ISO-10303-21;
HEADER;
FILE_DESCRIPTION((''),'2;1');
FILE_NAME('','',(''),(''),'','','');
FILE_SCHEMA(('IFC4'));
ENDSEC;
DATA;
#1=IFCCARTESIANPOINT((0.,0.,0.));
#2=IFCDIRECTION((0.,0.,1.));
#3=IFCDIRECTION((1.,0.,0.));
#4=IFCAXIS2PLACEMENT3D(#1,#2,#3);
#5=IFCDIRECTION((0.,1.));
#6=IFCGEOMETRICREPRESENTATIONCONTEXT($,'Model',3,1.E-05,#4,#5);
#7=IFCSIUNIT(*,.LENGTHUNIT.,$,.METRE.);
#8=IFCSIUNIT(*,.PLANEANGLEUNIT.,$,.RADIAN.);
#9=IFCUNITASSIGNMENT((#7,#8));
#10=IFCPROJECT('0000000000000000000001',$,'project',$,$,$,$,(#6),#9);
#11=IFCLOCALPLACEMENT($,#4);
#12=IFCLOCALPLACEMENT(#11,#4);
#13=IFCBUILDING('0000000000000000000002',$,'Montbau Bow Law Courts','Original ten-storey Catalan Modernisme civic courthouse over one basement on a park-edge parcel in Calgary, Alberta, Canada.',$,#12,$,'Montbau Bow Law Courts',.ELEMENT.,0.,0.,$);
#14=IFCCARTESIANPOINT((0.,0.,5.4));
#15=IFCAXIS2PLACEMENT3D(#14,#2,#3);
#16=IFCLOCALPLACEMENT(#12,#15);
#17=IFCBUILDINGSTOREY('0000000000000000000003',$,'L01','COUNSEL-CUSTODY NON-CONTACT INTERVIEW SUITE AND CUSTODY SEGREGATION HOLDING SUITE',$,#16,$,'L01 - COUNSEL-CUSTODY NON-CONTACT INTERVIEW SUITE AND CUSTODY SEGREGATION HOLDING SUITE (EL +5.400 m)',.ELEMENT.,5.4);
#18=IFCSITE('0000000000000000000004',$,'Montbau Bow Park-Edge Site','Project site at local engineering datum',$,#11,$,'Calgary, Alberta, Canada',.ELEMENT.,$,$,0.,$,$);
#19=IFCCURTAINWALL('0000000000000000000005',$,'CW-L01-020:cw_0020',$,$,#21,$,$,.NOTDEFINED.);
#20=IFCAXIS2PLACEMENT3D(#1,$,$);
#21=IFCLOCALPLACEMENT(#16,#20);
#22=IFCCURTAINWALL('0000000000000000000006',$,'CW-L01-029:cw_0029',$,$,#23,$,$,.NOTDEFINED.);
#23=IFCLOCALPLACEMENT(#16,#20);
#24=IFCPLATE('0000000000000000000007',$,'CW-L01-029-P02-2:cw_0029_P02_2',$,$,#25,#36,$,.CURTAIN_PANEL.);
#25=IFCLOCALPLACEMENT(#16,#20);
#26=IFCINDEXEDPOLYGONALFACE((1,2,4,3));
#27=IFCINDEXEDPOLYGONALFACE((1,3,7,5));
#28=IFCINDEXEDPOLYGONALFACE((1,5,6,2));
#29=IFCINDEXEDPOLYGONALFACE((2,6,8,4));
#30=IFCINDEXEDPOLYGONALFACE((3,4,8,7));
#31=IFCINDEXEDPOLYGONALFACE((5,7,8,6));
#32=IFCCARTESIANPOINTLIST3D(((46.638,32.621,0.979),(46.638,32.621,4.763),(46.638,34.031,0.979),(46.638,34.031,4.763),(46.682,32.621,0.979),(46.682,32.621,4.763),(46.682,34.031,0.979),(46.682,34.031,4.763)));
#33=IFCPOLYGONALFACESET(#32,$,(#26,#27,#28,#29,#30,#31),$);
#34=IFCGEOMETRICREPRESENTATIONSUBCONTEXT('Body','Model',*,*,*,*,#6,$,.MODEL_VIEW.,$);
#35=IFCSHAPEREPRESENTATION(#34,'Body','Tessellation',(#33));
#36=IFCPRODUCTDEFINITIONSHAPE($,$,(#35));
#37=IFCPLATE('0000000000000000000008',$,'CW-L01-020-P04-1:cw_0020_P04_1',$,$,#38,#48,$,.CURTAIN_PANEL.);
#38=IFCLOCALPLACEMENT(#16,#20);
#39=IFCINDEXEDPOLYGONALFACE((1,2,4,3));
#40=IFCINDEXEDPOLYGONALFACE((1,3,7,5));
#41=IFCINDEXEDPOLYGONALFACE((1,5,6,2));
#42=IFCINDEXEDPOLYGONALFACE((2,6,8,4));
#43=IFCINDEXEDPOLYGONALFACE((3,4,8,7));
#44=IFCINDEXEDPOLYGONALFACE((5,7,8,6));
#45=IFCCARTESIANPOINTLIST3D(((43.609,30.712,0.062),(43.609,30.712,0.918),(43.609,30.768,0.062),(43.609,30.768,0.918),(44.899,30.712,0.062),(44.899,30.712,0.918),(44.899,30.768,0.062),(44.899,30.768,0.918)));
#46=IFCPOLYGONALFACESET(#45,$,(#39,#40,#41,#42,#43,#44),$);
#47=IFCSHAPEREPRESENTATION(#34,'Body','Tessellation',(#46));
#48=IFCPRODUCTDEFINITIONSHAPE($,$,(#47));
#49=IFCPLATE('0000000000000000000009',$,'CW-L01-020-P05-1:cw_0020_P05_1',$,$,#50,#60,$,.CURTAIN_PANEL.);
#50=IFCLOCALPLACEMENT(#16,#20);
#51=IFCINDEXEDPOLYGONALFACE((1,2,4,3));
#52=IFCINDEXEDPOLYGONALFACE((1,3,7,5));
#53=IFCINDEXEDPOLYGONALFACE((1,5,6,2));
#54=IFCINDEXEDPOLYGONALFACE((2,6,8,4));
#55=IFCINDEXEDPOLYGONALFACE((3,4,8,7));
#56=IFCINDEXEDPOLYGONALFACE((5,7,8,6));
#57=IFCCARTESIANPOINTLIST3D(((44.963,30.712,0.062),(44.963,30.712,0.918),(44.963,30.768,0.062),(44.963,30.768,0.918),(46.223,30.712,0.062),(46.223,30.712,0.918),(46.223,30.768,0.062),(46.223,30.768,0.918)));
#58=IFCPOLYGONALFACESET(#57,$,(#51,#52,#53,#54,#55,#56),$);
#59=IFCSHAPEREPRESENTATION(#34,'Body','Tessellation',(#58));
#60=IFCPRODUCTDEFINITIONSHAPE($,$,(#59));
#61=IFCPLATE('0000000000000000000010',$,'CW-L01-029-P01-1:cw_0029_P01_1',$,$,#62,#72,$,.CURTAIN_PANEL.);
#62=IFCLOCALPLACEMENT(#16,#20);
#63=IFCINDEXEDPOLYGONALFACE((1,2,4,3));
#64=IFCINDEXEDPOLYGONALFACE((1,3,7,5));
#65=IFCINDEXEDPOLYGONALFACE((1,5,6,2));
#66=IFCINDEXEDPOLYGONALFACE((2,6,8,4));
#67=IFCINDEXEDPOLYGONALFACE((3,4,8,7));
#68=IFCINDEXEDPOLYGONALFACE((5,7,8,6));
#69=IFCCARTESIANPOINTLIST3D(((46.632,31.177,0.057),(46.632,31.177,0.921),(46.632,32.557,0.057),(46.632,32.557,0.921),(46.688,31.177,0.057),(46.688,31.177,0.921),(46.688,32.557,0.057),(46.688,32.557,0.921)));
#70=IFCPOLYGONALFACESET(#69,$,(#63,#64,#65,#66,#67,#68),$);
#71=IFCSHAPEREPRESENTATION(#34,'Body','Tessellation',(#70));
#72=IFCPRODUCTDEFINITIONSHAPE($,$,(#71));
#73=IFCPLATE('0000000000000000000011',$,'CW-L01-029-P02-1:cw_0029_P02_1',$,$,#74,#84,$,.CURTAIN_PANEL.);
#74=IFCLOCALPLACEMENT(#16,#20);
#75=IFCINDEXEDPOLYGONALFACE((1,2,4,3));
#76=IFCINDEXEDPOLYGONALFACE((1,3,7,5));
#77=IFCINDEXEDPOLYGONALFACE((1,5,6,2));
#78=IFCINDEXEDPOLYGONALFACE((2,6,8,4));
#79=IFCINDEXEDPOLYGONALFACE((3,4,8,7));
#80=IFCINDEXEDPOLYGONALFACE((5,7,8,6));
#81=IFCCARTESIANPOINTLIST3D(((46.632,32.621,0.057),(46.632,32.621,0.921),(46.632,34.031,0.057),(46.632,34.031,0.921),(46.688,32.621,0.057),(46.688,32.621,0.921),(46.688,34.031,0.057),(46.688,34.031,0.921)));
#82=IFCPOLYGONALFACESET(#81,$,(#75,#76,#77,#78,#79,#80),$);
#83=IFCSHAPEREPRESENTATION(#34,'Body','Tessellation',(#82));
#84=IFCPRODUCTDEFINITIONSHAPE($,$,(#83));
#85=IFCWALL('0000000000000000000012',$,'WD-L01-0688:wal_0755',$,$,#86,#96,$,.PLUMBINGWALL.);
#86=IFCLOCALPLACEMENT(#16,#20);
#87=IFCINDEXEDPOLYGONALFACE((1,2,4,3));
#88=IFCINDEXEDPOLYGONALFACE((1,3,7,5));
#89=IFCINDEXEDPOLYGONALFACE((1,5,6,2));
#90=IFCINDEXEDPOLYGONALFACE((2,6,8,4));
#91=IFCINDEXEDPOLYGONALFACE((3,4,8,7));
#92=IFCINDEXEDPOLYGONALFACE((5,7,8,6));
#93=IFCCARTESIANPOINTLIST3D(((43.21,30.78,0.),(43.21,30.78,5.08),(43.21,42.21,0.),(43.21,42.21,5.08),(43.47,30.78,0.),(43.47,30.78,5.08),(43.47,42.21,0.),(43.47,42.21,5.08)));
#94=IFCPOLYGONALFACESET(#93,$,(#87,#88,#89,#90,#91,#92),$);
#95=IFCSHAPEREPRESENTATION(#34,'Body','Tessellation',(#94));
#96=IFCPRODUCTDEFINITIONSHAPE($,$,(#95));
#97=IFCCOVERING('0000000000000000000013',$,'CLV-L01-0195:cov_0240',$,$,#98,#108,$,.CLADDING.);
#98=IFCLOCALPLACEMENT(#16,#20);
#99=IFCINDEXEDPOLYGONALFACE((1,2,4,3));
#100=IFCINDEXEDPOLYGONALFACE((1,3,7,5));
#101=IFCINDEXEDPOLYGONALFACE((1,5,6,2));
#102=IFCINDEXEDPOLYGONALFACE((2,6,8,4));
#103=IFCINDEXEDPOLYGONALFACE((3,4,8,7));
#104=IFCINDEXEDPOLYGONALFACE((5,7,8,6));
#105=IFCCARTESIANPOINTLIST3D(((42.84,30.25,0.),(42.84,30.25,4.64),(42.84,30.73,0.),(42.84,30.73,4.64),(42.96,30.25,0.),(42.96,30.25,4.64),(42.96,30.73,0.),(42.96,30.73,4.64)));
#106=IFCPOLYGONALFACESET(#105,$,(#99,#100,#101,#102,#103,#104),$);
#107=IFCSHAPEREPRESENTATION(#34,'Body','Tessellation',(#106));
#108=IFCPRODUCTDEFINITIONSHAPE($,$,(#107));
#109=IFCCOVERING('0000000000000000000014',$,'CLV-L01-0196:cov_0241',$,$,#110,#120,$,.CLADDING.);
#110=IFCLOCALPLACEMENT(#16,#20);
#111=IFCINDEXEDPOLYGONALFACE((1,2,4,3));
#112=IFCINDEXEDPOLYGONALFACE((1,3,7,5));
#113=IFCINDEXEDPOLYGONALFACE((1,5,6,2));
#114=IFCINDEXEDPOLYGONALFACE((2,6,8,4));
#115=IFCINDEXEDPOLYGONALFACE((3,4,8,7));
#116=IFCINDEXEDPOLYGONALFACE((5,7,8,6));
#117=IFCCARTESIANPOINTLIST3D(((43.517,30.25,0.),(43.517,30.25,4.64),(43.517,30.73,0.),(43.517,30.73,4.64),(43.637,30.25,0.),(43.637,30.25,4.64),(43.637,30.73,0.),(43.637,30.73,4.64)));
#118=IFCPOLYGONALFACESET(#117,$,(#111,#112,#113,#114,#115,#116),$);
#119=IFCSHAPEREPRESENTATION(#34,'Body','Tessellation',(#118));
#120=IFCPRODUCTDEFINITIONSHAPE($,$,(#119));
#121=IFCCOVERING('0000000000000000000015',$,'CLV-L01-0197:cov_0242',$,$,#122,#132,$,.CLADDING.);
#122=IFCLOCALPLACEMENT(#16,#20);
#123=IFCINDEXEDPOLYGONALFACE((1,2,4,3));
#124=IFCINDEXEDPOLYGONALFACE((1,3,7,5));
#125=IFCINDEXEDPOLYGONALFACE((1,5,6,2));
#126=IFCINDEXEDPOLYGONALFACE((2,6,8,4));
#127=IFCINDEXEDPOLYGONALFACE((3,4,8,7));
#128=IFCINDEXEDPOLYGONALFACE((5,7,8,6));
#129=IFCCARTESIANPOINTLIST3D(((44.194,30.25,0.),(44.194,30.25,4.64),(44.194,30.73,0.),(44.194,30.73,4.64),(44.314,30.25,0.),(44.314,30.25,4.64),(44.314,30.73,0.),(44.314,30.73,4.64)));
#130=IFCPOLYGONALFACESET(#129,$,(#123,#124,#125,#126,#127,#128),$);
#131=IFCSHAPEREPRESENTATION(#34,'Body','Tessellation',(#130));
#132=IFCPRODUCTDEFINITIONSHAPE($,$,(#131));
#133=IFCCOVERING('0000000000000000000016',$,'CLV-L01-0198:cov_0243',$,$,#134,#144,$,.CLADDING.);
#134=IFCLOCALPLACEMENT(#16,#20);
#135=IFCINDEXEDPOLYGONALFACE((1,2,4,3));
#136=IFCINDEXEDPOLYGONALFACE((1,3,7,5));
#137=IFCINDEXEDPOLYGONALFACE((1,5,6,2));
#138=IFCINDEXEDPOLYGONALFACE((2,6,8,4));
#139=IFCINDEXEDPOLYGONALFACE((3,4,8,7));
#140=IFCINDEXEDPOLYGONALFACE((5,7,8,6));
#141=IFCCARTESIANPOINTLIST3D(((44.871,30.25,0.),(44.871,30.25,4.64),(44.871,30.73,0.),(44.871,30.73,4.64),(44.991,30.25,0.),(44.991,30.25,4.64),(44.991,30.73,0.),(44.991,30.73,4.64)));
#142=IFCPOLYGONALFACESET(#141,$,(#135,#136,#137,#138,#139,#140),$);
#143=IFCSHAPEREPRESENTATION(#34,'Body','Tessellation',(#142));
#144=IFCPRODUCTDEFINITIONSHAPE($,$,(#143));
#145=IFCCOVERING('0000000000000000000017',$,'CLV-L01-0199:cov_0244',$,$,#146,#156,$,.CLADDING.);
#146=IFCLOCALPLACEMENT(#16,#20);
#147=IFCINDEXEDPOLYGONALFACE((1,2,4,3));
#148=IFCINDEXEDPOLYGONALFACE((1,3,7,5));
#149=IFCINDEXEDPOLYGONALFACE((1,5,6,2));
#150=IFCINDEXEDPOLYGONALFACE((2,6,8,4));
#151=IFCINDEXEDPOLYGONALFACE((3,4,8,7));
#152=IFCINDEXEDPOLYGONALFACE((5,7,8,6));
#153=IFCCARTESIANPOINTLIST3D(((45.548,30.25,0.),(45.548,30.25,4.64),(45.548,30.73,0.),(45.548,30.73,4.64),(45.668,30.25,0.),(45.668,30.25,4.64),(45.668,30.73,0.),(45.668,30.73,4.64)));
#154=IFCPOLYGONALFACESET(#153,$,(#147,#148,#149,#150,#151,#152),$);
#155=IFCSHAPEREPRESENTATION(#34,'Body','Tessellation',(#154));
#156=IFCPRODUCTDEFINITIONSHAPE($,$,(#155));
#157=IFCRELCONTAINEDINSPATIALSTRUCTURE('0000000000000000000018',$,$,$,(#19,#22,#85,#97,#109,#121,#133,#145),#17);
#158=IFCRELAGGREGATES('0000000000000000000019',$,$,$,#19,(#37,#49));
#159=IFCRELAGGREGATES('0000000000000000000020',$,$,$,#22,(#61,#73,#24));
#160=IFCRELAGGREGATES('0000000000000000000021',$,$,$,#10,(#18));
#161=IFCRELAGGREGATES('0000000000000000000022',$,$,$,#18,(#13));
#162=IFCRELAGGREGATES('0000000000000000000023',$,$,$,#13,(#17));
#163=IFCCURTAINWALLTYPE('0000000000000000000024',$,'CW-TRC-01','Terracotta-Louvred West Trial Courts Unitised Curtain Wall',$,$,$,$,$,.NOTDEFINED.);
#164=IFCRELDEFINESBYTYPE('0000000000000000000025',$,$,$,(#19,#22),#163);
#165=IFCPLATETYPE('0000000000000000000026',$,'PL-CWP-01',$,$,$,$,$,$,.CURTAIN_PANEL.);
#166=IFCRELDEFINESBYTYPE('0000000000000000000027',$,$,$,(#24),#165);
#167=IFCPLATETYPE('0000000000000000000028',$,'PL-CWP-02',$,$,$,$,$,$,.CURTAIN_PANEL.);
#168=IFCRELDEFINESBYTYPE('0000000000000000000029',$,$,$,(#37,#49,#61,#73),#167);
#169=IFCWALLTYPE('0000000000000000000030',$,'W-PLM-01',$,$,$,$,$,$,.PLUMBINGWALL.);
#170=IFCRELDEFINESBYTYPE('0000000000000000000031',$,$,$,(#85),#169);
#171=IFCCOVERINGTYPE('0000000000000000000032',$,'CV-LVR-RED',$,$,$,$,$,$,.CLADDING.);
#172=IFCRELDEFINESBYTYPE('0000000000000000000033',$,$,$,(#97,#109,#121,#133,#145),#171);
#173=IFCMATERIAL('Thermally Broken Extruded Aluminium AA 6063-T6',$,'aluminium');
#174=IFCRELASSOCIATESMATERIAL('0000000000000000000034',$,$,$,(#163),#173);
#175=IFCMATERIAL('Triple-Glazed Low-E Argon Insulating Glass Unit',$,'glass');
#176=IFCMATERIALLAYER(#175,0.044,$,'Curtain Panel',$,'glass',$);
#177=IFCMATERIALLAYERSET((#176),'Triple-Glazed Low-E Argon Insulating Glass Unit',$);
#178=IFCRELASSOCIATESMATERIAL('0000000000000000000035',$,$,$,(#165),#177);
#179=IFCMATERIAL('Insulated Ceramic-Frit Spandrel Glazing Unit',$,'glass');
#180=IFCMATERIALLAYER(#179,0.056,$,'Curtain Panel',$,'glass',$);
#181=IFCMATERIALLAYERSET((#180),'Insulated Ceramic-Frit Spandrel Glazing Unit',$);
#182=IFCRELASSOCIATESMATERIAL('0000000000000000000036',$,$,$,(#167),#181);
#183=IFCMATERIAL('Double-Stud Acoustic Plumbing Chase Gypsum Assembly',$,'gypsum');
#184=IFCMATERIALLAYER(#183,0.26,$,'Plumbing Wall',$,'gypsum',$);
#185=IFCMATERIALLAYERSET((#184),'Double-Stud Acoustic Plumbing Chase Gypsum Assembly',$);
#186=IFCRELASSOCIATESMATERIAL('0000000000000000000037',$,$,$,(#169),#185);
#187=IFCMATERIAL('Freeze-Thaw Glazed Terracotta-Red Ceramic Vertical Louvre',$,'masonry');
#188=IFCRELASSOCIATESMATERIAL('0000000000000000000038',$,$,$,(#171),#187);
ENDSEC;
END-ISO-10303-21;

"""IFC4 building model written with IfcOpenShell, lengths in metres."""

from ifc_helpers import new_model, si_unit, direction, frame, frame_2d, origin_with_axes, place, context, subcontext, project, spatial, rectangle, extrude, material, layer, layer_set, type_object, element, aggregate, save


model = new_model("IFC4")

# Units and contexts
model_context = context("Model", 3, precision=1e-05, world=origin_with_axes(), true_north=direction((0.0, 1.0)))
body_context = subcontext(model_context, "Body", "Model", "MODEL_VIEW")
ifc_project = project(units=[si_unit("LENGTHUNIT", "METRE"), si_unit("PLANEANGLEUNIT", "RADIAN")], contexts=[model_context])

# Site, building, storey
site_placement = place(None, origin_with_axes())
site = spatial("IfcSite", under=ifc_project, at=site_placement, Name="Montbau Bow Park-Edge Site", Description="Project site at local engineering datum", LongName="Calgary, Alberta, Canada", CompositionType="ELEMENT", RefElevation=0.0)
building_placement = place(site_placement, origin_with_axes())
building = spatial("IfcBuilding", under=site, at=building_placement, Name="Montbau Bow Law Courts", Description="Original ten-storey Catalan Modernisme civic courthouse over one basement on a park-edge parcel in Calgary, Alberta, Canada.", LongName="Montbau Bow Law Courts", CompositionType="ELEMENT", ElevationOfRefHeight=0.0, ElevationOfTerrain=0.0)
storey_placement = place(building_placement, frame((0.0, 0.0, 5.4), z_axis=(0.0, 0.0, 1.0), x_axis=(1.0, 0.0, 0.0)))
storey = spatial("IfcBuildingStorey", under=building, at=storey_placement, Name="L01", Description="COUNSEL-CUSTODY NON-CONTACT INTERVIEW SUITE AND CUSTODY SEGREGATION HOLDING SUITE", LongName="L01 - COUNSEL-CUSTODY NON-CONTACT INTERVIEW SUITE AND CUSTODY SEGREGATION HOLDING SUITE (EL +5.400 m)", CompositionType="ELEMENT", Elevation=5.4)

# Curtain walls
ifc_material_1 = material(Name="Thermally Broken Extruded Aluminium AA 6063-T6", Category="aluminium")
curtain_wall_type = type_object("IfcCurtainWallType", Name="CW-TRC-01", Description="Terracotta-Louvred West Trial Courts Unitised Curtain Wall", PredefinedType="NOTDEFINED", material=ifc_material_1)
curtain_wall_1_placement = place(None, frame((39.515, 30.74, 5.4), z_axis=(0.0, 0.0, 1.0), x_axis=(1.0, 0.0, 0.0)))
curtain_wall_1 = element("IfcCurtainWall", 1, at=curtain_wall_1_placement, inside=storey, type_object=curtain_wall_type, Name="CW-L01-020:cw_0020", PredefinedType="NOTDEFINED")
curtain_wall_2_placement = place(None, frame((46.66, 31.115, 5.4), z_axis=(0.0, 0.0, 1.0), x_axis=(1.0, 0.0, 0.0)))
curtain_wall_2 = element("IfcCurtainWall", 2, at=curtain_wall_2_placement, inside=storey, type_object=curtain_wall_type, Name="CW-L01-029:cw_0029", PredefinedType="NOTDEFINED")

# Plates
ifc_material_2 = material(Name="Triple-Glazed Low-E Argon Insulating Glass Unit", Category="glass")
ifc_layer_1 = layer(ifc_material_2, 0.044, Name="Curtain Panel", Category="glass")
ifc_layer_set_1 = layer_set([ifc_layer_1], Name="Triple-Glazed Low-E Argon Insulating Glass Unit")
plate_type_1 = type_object("IfcPlateType", Name="PL-CWP-01", PredefinedType="CURTAIN_PANEL", material=ifc_layer_set_1)
plate_1_placement = place(None, frame((46.66, 32.621, 6.379), z_axis=(1.0, 0.0, 0.0), x_axis=(0.0, 1.0, 0.0)))
plate_1 = element("IfcPlate", 3, at=plate_1_placement, type_object=plate_type_1, Name="CW-L01-029-P02-2:cw_0029_P02_2", PredefinedType="CURTAIN_PANEL", context=body_context, shape_type="SweptSolid", body=[
    extrude(rectangle(XDim=1.41, YDim=3.784, at=frame_2d((0.705, 1.892), x_axis=(1.0, 0.0))), frame((0.0, 0.0, -0.022), z_axis=(0.0, 0.0, 1.0), x_axis=(1.0, 0.0, 0.0)), (0.0, 0.0, 1.0), 0.044),
])
ifc_material_3 = material(Name="Insulated Ceramic-Frit Spandrel Glazing Unit", Category="glass")
ifc_layer_2 = layer(ifc_material_3, 0.056, Name="Curtain Panel", Category="glass")
ifc_layer_set_2 = layer_set([ifc_layer_2], Name="Insulated Ceramic-Frit Spandrel Glazing Unit")
plate_type_2 = type_object("IfcPlateType", Name="PL-CWP-02", PredefinedType="CURTAIN_PANEL", material=ifc_layer_set_2)
plate_2_placement = place(None, frame((43.609, 30.74, 5.462), z_axis=(0.0, -1.0, 0.0), x_axis=(1.0, 0.0, 0.0)))
plate_2 = element("IfcPlate", 4, at=plate_2_placement, type_object=plate_type_2, Name="CW-L01-020-P04-1:cw_0020_P04_1", PredefinedType="CURTAIN_PANEL", context=body_context, shape_type="SweptSolid", body=[
    extrude(rectangle(XDim=1.29, YDim=0.856, at=frame_2d((0.645, 0.428), x_axis=(1.0, 0.0))), frame((0.0, 0.0, -0.028), z_axis=(0.0, 0.0, 1.0), x_axis=(1.0, 0.0, 0.0)), (0.0, 0.0, 1.0), 0.056),
])
plate_3_placement = place(None, frame((44.963, 30.74, 5.462), z_axis=(0.0, -1.0, 0.0), x_axis=(1.0, 0.0, 0.0)))
plate_3 = element("IfcPlate", 5, at=plate_3_placement, type_object=plate_type_2, Name="CW-L01-020-P05-1:cw_0020_P05_1", PredefinedType="CURTAIN_PANEL", context=body_context, shape_type="SweptSolid", body=[
    extrude(rectangle(XDim=1.26, YDim=0.856, at=frame_2d((0.63, 0.428), x_axis=(1.0, 0.0))), frame((0.0, 0.0, -0.028), z_axis=(0.0, 0.0, 1.0), x_axis=(1.0, 0.0, 0.0)), (0.0, 0.0, 1.0), 0.056),
])
aggregate(curtain_wall_1, [plate_2, plate_3])
plate_4_placement = place(None, frame((46.66, 31.177, 5.457), z_axis=(1.0, 0.0, 0.0), x_axis=(0.0, 1.0, 0.0)))
plate_4 = element("IfcPlate", 6, at=plate_4_placement, type_object=plate_type_2, Name="CW-L01-029-P01-1:cw_0029_P01_1", PredefinedType="CURTAIN_PANEL", context=body_context, shape_type="SweptSolid", body=[
    extrude(rectangle(XDim=1.38, YDim=0.864, at=frame_2d((0.69, 0.432), x_axis=(1.0, 0.0))), frame((0.0, 0.0, -0.028), z_axis=(0.0, 0.0, 1.0), x_axis=(1.0, 0.0, 0.0)), (0.0, 0.0, 1.0), 0.056),
])
plate_5_placement = place(None, frame((46.66, 32.621, 5.457), z_axis=(1.0, 0.0, 0.0), x_axis=(0.0, 1.0, 0.0)))
plate_5 = element("IfcPlate", 7, at=plate_5_placement, type_object=plate_type_2, Name="CW-L01-029-P02-1:cw_0029_P02_1", PredefinedType="CURTAIN_PANEL", context=body_context, shape_type="SweptSolid", body=[
    extrude(rectangle(XDim=1.41, YDim=0.864, at=frame_2d((0.705, 0.432), x_axis=(1.0, 0.0))), frame((0.0, 0.0, -0.028), z_axis=(0.0, 0.0, 1.0), x_axis=(1.0, 0.0, 0.0)), (0.0, 0.0, 1.0), 0.056),
])
aggregate(curtain_wall_2, [plate_4, plate_5, plate_1])

# Wall
ifc_material_4 = material(Name="Double-Stud Acoustic Plumbing Chase Gypsum Assembly", Category="gypsum")
ifc_layer_3 = layer(ifc_material_4, 0.26, Name="Plumbing Wall", Category="gypsum")
ifc_layer_set_3 = layer_set([ifc_layer_3], Name="Double-Stud Acoustic Plumbing Chase Gypsum Assembly")
wall_type = type_object("IfcWallType", Name="W-PLM-01", PredefinedType="PLUMBINGWALL", material=ifc_layer_set_3)
wall_placement = place(None, frame((43.34, 30.78, 5.4), z_axis=(0.0, 0.0, 1.0), x_axis=(0.0, 1.0, 0.0)))
element("IfcWall", 8, at=wall_placement, inside=storey, type_object=wall_type, Name="WD-L01-0688:wal_0755", PredefinedType="PLUMBINGWALL", context=body_context, shape_type="SweptSolid", body=[
    extrude(rectangle(XDim=11.43, YDim=0.26, at=frame_2d((5.715, 0.0), x_axis=(1.0, 0.0))), origin_with_axes(), (0.0, 0.0, 1.0), 5.08),
])

# Coverings
ifc_material_5 = material(Name="Freeze-Thaw Glazed Terracotta-Red Ceramic Vertical Louvre", Category="masonry")
covering_type = type_object("IfcCoveringType", Name="CV-LVR-RED", PredefinedType="CLADDING", material=ifc_material_5)
for number, where, z_axis, x_axis, name in (
    (9, (42.9, 30.73, 5.4), (-1.0, 0.0, 0.0), (0.0, -1.0, 0.0), "CLV-L01-0195:cov_0240"),
    (10, (43.577, 30.73, 5.4), (-1.0, 0.0, 0.0), (0.0, -1.0, 0.0), "CLV-L01-0196:cov_0241"),
    (11, (44.254, 30.73, 5.4), (-1.0, 0.0, 0.0), (0.0, -1.0, 0.0), "CLV-L01-0197:cov_0242"),
    (12, (44.931, 30.73, 5.4), (-1.0, 0.0, 0.0), (0.0, -1.0, 0.0), "CLV-L01-0198:cov_0243"),
    (13, (45.608, 30.73, 5.4), (-1.0, 0.0, 0.0), (0.0, -1.0, 0.0), "CLV-L01-0199:cov_0244"),
):
    element("IfcCovering", number, at=place(None, frame(where, z_axis=z_axis, x_axis=x_axis)), inside=storey, type_object=covering_type, Name=name, PredefinedType="CLADDING", context=body_context, shape_type="SweptSolid", body=[
        extrude(rectangle(XDim=0.48, YDim=4.64, at=frame_2d((0.24, 2.32), x_axis=(1.0, 0.0))), frame((0.0, 0.0, -0.06), z_axis=(0.0, 0.0, 1.0), x_axis=(1.0, 0.0, 0.0)), (0.0, 0.0, 1.0), 0.12),
    ])

save(model, "model.ifc")
